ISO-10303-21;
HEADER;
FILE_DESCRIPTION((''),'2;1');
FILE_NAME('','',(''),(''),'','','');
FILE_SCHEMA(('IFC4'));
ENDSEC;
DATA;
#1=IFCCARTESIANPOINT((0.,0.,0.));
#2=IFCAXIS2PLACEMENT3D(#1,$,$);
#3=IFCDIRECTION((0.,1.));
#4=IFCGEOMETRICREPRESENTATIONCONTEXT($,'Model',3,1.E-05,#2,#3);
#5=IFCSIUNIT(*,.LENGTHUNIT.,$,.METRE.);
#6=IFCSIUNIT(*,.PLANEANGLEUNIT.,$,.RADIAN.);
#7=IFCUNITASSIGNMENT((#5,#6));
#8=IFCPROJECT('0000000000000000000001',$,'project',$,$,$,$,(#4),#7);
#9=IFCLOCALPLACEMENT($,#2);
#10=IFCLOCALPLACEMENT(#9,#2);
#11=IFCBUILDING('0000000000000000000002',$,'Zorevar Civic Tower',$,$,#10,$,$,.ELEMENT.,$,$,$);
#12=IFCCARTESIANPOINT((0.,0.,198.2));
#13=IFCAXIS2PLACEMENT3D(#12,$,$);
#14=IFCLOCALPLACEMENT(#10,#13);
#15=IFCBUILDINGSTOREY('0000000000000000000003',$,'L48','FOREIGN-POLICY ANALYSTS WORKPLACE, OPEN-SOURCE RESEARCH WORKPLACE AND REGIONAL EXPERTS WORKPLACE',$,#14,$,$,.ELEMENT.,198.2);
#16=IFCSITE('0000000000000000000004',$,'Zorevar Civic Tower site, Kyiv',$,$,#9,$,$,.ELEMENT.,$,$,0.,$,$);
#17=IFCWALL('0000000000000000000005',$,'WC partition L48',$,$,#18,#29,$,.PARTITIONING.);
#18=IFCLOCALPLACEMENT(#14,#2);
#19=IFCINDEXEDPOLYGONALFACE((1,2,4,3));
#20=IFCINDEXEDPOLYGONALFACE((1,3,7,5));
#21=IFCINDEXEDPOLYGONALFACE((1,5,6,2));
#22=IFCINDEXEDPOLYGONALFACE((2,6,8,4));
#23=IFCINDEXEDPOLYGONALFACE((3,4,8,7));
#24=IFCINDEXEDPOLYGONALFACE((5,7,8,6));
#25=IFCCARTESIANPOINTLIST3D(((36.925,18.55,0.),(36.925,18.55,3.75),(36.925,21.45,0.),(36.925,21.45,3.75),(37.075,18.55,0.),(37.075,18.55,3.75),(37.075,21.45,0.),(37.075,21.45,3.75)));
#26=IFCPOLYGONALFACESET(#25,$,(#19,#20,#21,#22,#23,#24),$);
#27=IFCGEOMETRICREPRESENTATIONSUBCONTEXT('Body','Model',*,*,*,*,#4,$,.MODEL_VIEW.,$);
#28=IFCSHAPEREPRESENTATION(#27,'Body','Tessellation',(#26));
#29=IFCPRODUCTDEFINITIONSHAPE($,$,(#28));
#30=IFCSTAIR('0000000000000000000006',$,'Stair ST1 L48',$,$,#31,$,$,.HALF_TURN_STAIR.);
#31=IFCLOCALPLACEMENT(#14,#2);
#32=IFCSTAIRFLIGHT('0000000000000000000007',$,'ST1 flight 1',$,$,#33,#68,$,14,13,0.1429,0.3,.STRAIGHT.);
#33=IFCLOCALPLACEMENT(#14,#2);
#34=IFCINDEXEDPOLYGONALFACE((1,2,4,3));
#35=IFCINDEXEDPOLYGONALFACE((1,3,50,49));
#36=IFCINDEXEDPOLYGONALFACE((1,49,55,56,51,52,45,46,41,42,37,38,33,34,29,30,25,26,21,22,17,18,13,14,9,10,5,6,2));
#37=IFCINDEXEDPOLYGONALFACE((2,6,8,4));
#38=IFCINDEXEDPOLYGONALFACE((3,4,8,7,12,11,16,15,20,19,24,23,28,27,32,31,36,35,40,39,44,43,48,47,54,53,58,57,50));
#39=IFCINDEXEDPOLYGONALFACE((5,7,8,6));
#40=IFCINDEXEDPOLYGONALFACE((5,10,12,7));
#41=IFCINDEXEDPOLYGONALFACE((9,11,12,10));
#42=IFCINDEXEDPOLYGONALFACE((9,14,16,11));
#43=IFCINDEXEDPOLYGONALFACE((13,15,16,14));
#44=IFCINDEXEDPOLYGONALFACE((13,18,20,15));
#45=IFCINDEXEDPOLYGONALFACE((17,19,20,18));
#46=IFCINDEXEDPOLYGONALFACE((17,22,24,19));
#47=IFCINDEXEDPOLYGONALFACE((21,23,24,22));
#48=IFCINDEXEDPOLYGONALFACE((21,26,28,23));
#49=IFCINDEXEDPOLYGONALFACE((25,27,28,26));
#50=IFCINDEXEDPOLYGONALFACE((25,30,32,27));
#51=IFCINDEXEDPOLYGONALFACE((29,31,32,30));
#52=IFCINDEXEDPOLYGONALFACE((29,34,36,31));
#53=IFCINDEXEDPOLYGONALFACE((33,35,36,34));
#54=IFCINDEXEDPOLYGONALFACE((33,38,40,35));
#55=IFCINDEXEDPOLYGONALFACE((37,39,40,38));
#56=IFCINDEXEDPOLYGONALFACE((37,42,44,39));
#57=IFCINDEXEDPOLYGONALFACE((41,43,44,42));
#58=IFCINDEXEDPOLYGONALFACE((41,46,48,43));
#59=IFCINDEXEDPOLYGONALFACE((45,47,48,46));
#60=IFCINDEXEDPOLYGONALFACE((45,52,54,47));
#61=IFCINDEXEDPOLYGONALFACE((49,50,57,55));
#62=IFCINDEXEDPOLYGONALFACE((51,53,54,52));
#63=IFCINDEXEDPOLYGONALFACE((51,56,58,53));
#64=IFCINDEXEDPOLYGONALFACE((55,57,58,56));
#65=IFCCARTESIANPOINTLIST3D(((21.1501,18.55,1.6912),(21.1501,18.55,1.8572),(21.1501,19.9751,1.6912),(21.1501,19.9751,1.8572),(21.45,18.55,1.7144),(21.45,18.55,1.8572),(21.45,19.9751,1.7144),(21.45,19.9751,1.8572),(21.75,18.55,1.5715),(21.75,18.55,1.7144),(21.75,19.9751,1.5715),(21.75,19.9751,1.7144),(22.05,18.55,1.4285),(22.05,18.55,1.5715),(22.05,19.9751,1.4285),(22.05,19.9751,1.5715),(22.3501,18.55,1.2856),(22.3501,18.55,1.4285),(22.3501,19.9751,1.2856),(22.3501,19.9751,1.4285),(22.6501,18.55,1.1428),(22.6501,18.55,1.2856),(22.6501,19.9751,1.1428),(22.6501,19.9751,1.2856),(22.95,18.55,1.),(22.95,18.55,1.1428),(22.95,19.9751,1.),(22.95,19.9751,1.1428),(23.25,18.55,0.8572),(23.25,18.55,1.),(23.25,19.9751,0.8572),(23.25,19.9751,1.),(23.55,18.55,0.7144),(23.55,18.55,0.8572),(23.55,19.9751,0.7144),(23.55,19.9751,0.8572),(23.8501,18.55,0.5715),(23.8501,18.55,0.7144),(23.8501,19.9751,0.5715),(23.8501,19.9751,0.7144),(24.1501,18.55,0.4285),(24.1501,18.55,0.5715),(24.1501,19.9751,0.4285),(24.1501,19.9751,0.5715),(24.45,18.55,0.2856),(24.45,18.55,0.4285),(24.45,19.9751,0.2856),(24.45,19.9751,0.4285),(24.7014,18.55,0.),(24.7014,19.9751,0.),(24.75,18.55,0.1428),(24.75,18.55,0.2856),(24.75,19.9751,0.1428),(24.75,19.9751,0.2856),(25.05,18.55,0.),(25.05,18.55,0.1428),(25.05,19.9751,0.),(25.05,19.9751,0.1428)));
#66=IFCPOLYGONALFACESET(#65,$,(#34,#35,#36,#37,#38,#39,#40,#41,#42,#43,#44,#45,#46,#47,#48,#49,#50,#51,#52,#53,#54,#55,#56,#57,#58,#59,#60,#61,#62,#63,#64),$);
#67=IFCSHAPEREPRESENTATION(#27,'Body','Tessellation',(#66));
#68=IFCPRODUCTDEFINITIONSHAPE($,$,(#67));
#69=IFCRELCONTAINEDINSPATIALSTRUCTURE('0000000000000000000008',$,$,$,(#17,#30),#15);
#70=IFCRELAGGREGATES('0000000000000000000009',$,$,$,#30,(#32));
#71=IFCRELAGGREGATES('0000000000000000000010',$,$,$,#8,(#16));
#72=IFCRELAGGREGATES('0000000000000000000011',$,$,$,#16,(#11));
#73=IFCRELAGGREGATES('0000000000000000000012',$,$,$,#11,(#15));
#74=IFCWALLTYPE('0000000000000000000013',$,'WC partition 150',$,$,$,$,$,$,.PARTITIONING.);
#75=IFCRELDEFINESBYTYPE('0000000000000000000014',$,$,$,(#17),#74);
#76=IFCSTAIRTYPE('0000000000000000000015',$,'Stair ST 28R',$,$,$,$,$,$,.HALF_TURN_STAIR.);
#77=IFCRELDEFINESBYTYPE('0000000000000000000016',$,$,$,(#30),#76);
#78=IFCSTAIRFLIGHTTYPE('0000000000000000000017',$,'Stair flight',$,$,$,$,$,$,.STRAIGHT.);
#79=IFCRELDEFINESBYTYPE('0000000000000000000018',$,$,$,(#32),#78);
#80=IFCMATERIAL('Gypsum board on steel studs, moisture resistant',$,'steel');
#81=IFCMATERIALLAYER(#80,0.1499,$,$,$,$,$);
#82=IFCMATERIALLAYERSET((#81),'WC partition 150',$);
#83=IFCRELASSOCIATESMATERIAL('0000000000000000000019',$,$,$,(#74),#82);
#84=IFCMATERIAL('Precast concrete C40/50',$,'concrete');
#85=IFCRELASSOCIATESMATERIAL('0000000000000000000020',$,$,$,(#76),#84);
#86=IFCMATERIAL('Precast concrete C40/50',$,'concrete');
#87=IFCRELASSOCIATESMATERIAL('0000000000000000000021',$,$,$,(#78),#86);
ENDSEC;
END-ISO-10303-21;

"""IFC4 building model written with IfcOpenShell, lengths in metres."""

from ifc_helpers import new_model, si_unit, direction, frame, frame_2d, origin, place, context, subcontext, project, spatial, polyline, rectangle, outline, extrude, material, layer, layer_set, type_object, element, aggregate, save


model = new_model("IFC4")

# Units and contexts
model_context = context("Model", 3, precision=1e-05, world=origin(), true_north=direction((0.0, 1.0)))
body_context = subcontext(model_context, "Body", "Model", "MODEL_VIEW")
ifc_project = project(units=[si_unit("LENGTHUNIT", "METRE"), si_unit("PLANEANGLEUNIT", "RADIAN")], contexts=[model_context])

# Site, building, storey
site_placement = place(None, origin())
site = spatial("IfcSite", under=ifc_project, at=site_placement, Name="Zorevar Civic Tower site, Kyiv", CompositionType="ELEMENT", RefElevation=0.0)
building_placement = place(site_placement, origin())
building = spatial("IfcBuilding", under=site, at=building_placement, Name="Zorevar Civic Tower", CompositionType="ELEMENT")
storey_placement = place(building_placement, frame((0.0, 0.0, 198.2)))
storey = spatial("IfcBuildingStorey", under=building, at=storey_placement, Name="L48", Description="FOREIGN-POLICY ANALYSTS WORKPLACE, OPEN-SOURCE RESEARCH WORKPLACE AND REGIONAL EXPERTS WORKPLACE", CompositionType="ELEMENT", Elevation=198.2)

# Wall
ifc_material_1 = material(Name="Gypsum board on steel studs, moisture resistant", Category="steel")
ifc_layer_1 = layer(ifc_material_1, 0.1499)
ifc_layer_set_1 = layer_set([ifc_layer_1], Name="WC partition 150")
wall_type_1 = type_object("IfcWallType", Name="WC partition 150", PredefinedType="PARTITIONING", material=ifc_layer_set_1)
for number, where, z_axis, x_axis, name in (
    (1, (37.0, 18.55, 0.0), (0.0, 0.0, 1.0), (0.0, 1.0, 0.0), "WC partition L48"),
):
    element("IfcWall", number, at=place(storey_placement, frame(where, z_axis=z_axis, x_axis=x_axis)), inside=storey, type_object=wall_type_1, Name=name, PredefinedType="PARTITIONING", context=body_context, shape_type="SweptSolid", body=[
        extrude(rectangle(XDim=2.8999, YDim=0.1499, at=frame_2d((1.45, 0.0))), origin(), (0.0, 0.0, 1.0), 3.75),
    ])

# Stair, stair flight
ifc_material_2 = material(Name="Precast concrete C40/50", Category="concrete")
stair_type = type_object("IfcStairType", Name="Stair ST 28R", PredefinedType="HALF_TURN_STAIR", material=ifc_material_2)
stair_placement = place(storey_placement, origin())
stair = element("IfcStair", 2, at=stair_placement, inside=storey, type_object=stair_type, Name="Stair ST1 L48", PredefinedType="HALF_TURN_STAIR")
ifc_material_3 = material(Name="Precast concrete C40/50", Category="concrete")
stair_flight_type = type_object("IfcStairFlightType", Name="Stair flight", PredefinedType="STRAIGHT", material=ifc_material_3)
stair_flight_placement = place(storey_placement, frame((25.05, 19.2625, 0.0), z_axis=(0.0, 0.0, 1.0), x_axis=(-1.0, 0.0, 0.0)))
stair_flight = element("IfcStairFlight", 3, at=stair_flight_placement, type_object=stair_flight_type, Name="ST1 flight 1", NumberOfRisers=14, NumberOfTreads=13, PredefinedType="STRAIGHT", RiserHeight=0.1429, TreadLength=0.3, context=body_context, shape_type="SweptSolid", body=[
    extrude(outline(polyline([(0.0, 0.0), (0.0, 0.1428), (0.3, 0.1428), (0.3, 0.2856), (0.6001, 0.2856), (0.6001, 0.4285), (0.8999, 0.4285), (0.8999, 0.5715), (1.2, 0.5715), (1.2, 0.7144), (1.5, 0.7144), (1.5, 0.8572), (1.8, 0.8572), (1.8, 1.0), (2.1001, 1.0), (2.1001, 1.1428), (2.3999, 1.1428), (2.3999, 1.2856), (2.7, 1.2856), (2.7, 1.4285), (3.0, 1.4285), (3.0, 1.5715), (3.3, 1.5715), (3.3, 1.7144), (3.6001, 1.7144), (3.6001, 1.8572), (3.8999, 1.8572), (3.8999, 2.0), (3.8999, 1.6912), (0.3486, 0.0), (0.0, 0.0)])), frame((0.0, 0.7124, 0.0), z_axis=(0.0, -1.0, 0.0), x_axis=(1.0, 0.0, 0.0)), (0.0, 0.0, 1.0), 1.425),
])
aggregate(stair, [stair_flight])

save(model, "model.ifc")
